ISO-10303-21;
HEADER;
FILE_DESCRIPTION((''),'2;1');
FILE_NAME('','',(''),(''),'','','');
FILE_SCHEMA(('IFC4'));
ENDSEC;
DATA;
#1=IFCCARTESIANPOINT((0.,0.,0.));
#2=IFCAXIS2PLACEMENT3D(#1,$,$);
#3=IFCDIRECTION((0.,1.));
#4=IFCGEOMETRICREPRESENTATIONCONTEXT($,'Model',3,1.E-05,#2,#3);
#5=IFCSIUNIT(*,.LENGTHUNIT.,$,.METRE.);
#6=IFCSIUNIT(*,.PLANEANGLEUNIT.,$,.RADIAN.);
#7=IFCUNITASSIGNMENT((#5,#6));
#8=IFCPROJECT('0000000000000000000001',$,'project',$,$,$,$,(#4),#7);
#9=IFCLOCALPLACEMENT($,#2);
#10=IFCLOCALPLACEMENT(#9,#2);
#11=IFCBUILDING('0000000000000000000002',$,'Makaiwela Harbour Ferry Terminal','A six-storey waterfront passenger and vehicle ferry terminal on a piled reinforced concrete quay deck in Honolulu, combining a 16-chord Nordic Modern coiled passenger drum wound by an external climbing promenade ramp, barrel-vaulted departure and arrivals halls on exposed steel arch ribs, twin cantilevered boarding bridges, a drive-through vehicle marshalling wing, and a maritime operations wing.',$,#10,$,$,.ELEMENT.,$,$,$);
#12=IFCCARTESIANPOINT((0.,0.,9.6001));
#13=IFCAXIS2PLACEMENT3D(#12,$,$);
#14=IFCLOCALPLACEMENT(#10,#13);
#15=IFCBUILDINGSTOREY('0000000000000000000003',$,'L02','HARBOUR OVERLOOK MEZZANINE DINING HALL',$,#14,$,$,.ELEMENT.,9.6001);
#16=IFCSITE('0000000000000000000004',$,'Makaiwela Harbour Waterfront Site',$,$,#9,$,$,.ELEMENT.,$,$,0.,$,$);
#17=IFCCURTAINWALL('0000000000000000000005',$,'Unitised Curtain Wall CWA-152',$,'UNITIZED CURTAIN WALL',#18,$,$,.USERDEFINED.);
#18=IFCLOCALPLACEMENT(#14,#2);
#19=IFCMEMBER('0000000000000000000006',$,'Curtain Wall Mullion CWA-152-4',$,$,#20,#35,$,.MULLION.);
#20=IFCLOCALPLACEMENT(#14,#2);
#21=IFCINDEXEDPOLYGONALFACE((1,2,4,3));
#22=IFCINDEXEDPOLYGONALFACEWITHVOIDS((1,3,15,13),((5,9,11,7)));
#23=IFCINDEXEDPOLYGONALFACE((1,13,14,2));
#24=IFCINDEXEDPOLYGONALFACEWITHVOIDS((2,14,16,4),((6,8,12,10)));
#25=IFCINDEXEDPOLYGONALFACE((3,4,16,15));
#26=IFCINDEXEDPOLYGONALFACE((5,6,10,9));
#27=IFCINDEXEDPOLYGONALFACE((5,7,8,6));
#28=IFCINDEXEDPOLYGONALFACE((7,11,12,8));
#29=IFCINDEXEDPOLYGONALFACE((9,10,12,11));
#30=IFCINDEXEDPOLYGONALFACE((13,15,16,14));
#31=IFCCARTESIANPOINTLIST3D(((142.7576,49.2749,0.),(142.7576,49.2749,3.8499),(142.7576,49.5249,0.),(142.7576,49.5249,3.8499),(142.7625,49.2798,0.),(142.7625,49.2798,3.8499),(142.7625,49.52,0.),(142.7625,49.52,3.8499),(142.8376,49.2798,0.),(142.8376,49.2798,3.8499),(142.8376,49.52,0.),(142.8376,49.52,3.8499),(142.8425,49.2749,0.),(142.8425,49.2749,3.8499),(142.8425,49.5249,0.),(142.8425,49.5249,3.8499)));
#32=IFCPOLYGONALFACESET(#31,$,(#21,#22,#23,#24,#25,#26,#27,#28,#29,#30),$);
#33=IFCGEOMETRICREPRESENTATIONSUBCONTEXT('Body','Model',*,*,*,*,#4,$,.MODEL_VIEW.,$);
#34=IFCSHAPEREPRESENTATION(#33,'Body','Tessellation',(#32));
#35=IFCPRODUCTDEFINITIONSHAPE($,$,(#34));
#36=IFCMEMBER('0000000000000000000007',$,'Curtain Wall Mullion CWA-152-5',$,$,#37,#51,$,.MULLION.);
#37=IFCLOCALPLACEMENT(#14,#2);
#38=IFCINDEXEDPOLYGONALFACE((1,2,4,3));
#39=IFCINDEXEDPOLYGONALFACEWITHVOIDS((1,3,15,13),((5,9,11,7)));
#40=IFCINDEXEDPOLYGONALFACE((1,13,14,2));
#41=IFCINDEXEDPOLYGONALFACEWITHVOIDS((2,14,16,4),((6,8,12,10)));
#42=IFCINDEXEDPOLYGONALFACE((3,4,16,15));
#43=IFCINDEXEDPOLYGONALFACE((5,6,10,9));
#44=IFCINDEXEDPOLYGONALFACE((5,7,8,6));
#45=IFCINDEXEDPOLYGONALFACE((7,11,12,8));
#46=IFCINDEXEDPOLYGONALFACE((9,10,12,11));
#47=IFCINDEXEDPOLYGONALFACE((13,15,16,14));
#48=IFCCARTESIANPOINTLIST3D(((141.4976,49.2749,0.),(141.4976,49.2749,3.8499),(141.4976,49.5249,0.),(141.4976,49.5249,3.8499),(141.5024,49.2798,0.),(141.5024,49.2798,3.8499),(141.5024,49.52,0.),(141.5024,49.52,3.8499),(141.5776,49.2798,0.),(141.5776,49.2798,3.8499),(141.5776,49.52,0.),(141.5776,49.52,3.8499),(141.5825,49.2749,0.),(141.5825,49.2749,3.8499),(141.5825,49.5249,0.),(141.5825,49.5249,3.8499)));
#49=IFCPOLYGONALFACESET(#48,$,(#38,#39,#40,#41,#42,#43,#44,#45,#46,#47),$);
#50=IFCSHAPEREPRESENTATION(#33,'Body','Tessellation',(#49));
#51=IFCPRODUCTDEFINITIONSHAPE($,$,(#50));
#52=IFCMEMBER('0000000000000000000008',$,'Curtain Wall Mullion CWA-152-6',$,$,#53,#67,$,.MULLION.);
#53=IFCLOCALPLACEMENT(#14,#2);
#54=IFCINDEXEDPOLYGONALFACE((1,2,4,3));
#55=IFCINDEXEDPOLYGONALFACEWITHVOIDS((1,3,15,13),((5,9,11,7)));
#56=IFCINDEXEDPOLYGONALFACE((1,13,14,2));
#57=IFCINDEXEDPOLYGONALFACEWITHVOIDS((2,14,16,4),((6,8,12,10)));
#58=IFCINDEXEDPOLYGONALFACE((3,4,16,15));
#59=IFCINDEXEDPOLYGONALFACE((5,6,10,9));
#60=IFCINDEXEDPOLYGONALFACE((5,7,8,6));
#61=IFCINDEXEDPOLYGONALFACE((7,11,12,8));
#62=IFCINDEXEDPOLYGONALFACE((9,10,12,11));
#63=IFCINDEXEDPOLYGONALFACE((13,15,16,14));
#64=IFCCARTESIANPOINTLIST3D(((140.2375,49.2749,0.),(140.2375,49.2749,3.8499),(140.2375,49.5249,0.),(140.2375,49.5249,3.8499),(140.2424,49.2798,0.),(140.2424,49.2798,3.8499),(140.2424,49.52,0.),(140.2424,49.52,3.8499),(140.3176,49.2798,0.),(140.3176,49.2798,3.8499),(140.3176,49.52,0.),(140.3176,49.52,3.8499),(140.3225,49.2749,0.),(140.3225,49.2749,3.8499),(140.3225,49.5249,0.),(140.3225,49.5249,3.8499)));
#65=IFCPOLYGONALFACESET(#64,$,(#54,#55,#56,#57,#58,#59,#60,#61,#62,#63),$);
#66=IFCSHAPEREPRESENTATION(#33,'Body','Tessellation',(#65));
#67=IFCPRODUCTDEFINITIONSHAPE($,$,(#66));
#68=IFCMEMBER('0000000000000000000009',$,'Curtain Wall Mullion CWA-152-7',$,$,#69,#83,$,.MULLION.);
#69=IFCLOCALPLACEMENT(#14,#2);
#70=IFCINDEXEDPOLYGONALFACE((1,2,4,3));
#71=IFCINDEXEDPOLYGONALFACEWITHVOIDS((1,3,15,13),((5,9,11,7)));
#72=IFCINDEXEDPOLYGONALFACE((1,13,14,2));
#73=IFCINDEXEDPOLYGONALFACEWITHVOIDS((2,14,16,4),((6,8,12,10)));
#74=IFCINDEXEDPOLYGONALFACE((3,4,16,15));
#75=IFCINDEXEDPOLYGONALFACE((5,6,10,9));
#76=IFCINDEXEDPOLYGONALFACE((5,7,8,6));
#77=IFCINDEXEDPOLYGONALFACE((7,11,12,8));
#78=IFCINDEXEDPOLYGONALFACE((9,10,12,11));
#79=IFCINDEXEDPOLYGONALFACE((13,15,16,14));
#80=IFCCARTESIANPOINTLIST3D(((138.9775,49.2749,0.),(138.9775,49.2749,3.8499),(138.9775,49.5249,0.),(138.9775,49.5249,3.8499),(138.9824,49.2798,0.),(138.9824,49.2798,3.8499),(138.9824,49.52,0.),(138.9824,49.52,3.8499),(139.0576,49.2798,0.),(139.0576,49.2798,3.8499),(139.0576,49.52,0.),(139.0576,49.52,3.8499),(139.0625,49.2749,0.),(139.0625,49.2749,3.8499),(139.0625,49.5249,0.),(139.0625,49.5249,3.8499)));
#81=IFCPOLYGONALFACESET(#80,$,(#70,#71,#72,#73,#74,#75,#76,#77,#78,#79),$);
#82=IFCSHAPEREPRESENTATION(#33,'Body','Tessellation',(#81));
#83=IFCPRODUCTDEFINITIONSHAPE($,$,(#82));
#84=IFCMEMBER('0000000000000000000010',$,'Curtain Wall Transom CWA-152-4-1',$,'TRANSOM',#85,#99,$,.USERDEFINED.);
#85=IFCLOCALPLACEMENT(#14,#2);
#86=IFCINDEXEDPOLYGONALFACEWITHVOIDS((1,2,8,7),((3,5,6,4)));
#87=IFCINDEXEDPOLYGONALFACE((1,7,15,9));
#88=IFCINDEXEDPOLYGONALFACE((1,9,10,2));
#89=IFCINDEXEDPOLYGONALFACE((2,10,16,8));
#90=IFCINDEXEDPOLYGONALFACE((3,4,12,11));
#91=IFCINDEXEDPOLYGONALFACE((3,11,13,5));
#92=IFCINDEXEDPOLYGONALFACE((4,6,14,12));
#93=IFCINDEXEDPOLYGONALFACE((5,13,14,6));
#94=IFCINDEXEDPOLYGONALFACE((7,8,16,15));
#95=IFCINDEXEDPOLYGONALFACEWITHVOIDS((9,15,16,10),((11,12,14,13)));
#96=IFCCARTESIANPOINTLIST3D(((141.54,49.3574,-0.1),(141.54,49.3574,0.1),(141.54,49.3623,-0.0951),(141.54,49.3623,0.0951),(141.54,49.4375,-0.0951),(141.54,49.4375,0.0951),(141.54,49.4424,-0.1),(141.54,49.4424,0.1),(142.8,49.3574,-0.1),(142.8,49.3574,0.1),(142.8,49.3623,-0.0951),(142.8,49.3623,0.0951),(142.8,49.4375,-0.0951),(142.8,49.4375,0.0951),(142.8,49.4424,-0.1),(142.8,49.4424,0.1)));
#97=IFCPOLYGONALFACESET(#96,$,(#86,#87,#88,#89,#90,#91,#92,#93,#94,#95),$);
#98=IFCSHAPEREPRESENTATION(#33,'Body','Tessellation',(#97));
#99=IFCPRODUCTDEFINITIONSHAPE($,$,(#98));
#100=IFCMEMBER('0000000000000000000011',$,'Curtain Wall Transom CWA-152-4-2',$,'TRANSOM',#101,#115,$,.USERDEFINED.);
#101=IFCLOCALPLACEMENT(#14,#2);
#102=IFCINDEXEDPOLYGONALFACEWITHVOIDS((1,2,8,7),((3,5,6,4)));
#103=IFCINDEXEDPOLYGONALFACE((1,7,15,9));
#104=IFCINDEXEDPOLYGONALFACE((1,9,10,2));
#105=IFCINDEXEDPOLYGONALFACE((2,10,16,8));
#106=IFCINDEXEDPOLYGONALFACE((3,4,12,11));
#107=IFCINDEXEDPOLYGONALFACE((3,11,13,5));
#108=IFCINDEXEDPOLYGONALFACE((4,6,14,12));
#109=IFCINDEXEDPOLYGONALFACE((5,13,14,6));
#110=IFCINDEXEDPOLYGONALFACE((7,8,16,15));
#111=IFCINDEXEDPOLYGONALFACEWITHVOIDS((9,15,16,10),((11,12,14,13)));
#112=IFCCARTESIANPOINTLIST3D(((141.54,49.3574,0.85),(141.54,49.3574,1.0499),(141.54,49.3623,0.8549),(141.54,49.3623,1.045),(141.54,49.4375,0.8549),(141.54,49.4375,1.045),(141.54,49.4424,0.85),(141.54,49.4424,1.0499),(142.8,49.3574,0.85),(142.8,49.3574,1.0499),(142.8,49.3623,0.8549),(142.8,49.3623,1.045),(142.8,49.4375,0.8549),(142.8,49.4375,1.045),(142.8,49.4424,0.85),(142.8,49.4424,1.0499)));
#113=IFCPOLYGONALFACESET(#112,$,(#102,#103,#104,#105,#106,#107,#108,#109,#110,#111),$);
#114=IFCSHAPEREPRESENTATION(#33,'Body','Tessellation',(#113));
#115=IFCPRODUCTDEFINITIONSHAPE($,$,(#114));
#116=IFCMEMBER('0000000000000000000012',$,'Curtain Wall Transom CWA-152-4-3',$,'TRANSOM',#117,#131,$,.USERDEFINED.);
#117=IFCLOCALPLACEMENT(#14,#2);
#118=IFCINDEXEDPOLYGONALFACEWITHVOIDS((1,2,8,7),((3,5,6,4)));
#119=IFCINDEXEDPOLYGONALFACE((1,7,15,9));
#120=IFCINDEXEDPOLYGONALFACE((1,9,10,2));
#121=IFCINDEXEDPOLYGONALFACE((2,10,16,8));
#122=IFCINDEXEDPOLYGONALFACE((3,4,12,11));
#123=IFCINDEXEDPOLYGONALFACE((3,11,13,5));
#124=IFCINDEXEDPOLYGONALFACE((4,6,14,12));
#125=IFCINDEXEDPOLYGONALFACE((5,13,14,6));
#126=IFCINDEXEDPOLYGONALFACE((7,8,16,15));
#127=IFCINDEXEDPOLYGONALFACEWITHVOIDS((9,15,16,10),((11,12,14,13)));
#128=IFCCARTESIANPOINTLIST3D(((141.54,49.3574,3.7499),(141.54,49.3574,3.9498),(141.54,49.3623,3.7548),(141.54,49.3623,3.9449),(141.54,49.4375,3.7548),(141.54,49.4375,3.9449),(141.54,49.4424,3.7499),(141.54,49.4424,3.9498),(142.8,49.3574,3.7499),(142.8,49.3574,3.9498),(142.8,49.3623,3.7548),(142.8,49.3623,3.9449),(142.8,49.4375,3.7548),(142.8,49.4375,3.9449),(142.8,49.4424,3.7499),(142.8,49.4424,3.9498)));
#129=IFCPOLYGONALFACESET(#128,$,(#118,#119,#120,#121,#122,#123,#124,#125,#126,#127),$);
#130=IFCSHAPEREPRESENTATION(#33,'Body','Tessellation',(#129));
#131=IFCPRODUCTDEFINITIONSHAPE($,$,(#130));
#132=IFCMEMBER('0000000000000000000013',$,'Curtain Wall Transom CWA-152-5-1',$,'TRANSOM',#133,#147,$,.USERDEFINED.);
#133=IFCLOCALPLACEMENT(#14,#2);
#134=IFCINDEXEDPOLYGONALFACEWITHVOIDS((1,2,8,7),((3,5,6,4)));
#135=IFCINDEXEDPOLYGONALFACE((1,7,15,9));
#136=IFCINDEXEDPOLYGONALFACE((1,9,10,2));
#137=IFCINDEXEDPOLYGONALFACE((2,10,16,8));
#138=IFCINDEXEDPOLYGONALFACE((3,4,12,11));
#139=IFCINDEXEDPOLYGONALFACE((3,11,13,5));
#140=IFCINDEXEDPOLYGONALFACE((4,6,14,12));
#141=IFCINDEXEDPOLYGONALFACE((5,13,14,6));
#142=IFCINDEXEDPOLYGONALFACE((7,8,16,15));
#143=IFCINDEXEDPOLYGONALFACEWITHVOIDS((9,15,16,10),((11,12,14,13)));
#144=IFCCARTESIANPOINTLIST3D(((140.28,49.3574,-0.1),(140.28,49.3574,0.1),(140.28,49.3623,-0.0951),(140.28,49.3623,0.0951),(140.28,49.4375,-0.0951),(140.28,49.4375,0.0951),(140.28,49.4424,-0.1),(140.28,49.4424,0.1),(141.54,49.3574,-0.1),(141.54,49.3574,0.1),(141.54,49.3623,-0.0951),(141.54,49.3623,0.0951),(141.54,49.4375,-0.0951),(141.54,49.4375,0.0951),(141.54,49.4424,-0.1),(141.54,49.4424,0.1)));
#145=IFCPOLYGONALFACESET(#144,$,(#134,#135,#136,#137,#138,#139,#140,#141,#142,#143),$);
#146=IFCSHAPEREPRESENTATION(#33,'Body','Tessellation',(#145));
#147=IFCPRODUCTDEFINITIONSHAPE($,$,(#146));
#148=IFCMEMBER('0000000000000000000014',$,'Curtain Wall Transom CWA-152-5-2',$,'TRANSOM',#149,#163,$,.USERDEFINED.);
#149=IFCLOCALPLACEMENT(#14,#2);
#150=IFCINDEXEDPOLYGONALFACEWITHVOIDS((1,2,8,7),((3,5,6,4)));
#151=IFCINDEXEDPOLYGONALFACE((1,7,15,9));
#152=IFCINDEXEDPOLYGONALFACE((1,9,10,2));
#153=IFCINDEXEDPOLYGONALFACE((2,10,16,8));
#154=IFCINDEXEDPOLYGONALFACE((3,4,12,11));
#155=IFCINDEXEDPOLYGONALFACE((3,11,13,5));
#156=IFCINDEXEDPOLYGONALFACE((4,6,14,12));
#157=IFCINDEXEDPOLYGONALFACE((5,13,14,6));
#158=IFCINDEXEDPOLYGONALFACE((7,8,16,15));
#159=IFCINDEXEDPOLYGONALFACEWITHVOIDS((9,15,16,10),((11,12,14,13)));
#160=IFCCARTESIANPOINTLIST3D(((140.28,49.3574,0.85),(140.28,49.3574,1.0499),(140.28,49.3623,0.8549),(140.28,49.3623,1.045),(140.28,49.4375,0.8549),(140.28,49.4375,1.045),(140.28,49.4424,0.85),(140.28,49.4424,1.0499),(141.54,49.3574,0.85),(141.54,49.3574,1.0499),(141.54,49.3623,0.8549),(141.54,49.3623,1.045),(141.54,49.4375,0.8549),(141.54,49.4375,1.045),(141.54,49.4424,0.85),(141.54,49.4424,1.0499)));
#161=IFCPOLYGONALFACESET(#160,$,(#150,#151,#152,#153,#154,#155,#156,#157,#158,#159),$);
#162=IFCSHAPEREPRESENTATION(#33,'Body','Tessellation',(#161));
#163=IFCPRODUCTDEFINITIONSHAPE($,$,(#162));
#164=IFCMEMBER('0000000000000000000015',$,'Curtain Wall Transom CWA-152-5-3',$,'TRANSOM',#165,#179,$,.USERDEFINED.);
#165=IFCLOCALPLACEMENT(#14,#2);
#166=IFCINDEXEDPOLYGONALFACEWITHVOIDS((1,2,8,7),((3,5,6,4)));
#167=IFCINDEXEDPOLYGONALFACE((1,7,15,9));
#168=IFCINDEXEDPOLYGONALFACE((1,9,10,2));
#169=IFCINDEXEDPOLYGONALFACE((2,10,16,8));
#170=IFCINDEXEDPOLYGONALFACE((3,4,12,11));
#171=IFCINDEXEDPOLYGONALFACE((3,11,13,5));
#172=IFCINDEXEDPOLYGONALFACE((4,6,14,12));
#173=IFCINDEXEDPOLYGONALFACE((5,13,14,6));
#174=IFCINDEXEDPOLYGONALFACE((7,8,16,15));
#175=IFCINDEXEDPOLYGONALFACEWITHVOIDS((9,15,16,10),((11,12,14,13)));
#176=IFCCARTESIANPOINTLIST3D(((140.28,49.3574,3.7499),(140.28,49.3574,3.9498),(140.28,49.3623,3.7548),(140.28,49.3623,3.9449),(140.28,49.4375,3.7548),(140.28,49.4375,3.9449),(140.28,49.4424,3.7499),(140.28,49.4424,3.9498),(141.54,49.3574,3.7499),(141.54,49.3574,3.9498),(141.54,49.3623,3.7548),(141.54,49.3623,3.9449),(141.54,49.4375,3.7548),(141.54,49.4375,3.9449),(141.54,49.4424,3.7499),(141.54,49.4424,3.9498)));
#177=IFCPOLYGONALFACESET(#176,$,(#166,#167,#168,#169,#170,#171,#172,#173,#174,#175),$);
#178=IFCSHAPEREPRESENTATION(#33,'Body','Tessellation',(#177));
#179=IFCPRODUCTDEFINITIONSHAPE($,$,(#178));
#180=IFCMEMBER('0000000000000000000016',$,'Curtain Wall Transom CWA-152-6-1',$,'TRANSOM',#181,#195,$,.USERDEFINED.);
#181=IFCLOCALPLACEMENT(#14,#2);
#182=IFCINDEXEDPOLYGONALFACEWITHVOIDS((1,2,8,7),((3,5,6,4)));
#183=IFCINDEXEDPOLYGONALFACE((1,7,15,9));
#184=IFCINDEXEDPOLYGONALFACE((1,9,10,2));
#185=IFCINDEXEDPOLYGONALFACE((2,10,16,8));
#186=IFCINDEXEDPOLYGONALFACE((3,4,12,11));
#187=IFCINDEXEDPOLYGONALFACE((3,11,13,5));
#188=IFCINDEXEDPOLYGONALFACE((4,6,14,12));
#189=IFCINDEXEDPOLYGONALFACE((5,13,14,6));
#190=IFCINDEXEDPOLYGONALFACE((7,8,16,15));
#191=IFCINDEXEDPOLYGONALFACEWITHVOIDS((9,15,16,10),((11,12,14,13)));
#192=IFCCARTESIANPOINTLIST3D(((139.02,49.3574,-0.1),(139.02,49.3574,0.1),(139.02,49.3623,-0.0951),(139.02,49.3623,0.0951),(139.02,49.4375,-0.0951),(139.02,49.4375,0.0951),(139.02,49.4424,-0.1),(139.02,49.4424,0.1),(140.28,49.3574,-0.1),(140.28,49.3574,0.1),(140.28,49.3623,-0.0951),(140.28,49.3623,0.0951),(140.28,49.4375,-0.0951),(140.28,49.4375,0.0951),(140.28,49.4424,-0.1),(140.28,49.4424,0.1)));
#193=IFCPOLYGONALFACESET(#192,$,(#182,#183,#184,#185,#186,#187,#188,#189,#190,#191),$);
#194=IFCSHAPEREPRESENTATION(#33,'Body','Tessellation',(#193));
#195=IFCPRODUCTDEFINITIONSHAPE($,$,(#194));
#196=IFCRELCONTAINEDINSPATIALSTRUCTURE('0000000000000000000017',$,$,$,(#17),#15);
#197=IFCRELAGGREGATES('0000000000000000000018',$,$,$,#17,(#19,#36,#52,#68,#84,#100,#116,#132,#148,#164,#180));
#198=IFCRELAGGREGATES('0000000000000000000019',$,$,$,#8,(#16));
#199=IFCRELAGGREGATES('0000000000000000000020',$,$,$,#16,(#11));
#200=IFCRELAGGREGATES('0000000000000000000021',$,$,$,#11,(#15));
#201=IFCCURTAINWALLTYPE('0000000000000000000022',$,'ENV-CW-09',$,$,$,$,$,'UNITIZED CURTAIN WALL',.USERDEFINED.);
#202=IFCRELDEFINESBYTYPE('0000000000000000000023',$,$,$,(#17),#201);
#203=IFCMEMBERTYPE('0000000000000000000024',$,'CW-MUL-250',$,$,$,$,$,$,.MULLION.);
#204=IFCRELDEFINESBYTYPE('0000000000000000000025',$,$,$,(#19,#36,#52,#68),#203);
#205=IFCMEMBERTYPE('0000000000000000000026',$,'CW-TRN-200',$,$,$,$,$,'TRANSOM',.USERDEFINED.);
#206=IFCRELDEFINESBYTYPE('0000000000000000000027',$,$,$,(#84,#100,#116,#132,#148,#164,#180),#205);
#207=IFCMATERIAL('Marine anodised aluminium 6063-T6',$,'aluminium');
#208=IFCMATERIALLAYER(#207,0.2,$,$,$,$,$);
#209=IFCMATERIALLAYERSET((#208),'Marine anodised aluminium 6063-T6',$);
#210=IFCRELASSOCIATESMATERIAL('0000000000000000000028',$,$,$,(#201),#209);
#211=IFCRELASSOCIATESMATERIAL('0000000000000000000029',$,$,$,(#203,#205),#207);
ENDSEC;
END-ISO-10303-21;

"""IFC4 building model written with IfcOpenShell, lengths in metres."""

from ifc_helpers import new_model, si_unit, direction, frame, origin, origin_2d, place, context, subcontext, project, spatial, hollow_rectangle, extrude, material, layer, layer_set, material_profile, profile_set, type_object, element, aggregate, save


model = new_model("IFC4")

# Units and contexts
model_context = context("Model", 3, precision=1e-05, world=origin(), true_north=direction((0.0, 1.0)))
body_context = subcontext(model_context, "Body", "Model", "MODEL_VIEW")
ifc_project = project(units=[si_unit("LENGTHUNIT", "METRE"), si_unit("PLANEANGLEUNIT", "RADIAN")], contexts=[model_context])

# Site, building, storey
site_placement = place(None, origin())
site = spatial("IfcSite", under=ifc_project, at=site_placement, Name="Makaiwela Harbour Waterfront Site", CompositionType="ELEMENT", RefElevation=0.0)
building_placement = place(site_placement, origin())
building = spatial("IfcBuilding", under=site, at=building_placement, Name="Makaiwela Harbour Ferry Terminal", Description="A six-storey waterfront passenger and vehicle ferry terminal on a piled reinforced concrete quay deck in Honolulu, combining a 16-chord Nordic Modern coiled passenger drum wound by an external climbing promenade ramp, barrel-vaulted departure and arrivals halls on exposed steel arch ribs, twin cantilevered boarding bridges, a drive-through vehicle marshalling wing, and a maritime operations wing.", CompositionType="ELEMENT")
storey_placement = place(building_placement, frame((0.0, 0.0, 9.6001)))
storey = spatial("IfcBuildingStorey", under=building, at=storey_placement, Name="L02", Description="HARBOUR OVERLOOK MEZZANINE DINING HALL", CompositionType="ELEMENT", Elevation=9.6001)

# Curtain wall, members
ifc_material_1 = material(Name="Marine anodised aluminium 6063-T6", Category="aluminium")
ifc_layer_1 = layer(ifc_material_1, 0.2)
ifc_layer_set_1 = layer_set([ifc_layer_1], Name="Marine anodised aluminium 6063-T6")
curtain_wall_type = type_object("IfcCurtainWallType", Name="ENV-CW-09", ElementType="UNITIZED CURTAIN WALL", PredefinedType="USERDEFINED", material=ifc_layer_set_1)
curtain_wall_placement = place(storey_placement, origin())
curtain_wall = element("IfcCurtainWall", 1, at=curtain_wall_placement, inside=storey, type_object=curtain_wall_type, Name="Unitised Curtain Wall CWA-152", ObjectType="UNITIZED CURTAIN WALL", PredefinedType="USERDEFINED")
ifc_material_profile_1 = material_profile(ifc_material_1, hollow_rectangle(XDim=0.085, YDim=0.25, WallThickness=0.0049, at=origin_2d()), Name="CWM-250X85")
ifc_profile_set_1 = profile_set([ifc_material_profile_1], Name="Marine anodised aluminium 6063-T6")
member_type_1 = type_object("IfcMemberType", Name="CW-MUL-250", PredefinedType="MULLION", material=ifc_profile_set_1)
member_1_placement = place(storey_placement, frame((142.8, 49.3999, 0.0), z_axis=(0.0, 0.0, 1.0), x_axis=(1.0, 0.0, 0.0)))
member_1 = element("IfcMember", 2, at=member_1_placement, type_object=member_type_1, Name="Curtain Wall Mullion CWA-152-4", PredefinedType="MULLION", context=body_context, shape_type="SweptSolid", body=[
    extrude(hollow_rectangle(XDim=0.085, YDim=0.25, WallThickness=0.0049, at=origin_2d()), origin(), (0.0, 0.0, 1.0), 3.8499),
])
member_2_placement = place(storey_placement, frame((141.54, 49.3999, 0.0), z_axis=(0.0, 0.0, 1.0), x_axis=(1.0, 0.0, 0.0)))
member_2 = element("IfcMember", 3, at=member_2_placement, type_object=member_type_1, Name="Curtain Wall Mullion CWA-152-5", PredefinedType="MULLION", context=body_context, shape_type="SweptSolid", body=[
    extrude(hollow_rectangle(XDim=0.085, YDim=0.25, WallThickness=0.0049, at=origin_2d()), origin(), (0.0, 0.0, 1.0), 3.8499),
])
member_3_placement = place(storey_placement, frame((140.28, 49.3999, 0.0), z_axis=(0.0, 0.0, 1.0), x_axis=(1.0, 0.0, 0.0)))
member_3 = element("IfcMember", 4, at=member_3_placement, type_object=member_type_1, Name="Curtain Wall Mullion CWA-152-6", PredefinedType="MULLION", context=body_context, shape_type="SweptSolid", body=[
    extrude(hollow_rectangle(XDim=0.085, YDim=0.25, WallThickness=0.0049, at=origin_2d()), origin(), (0.0, 0.0, 1.0), 3.8499),
])
member_4_placement = place(storey_placement, frame((139.02, 49.3999, 0.0), z_axis=(0.0, 0.0, 1.0), x_axis=(1.0, 0.0, 0.0)))
member_4 = element("IfcMember", 5, at=member_4_placement, type_object=member_type_1, Name="Curtain Wall Mullion CWA-152-7", PredefinedType="MULLION", context=body_context, shape_type="SweptSolid", body=[
    extrude(hollow_rectangle(XDim=0.085, YDim=0.25, WallThickness=0.0049, at=origin_2d()), origin(), (0.0, 0.0, 1.0), 3.8499),
])
ifc_material_profile_2 = material_profile(ifc_material_1, hollow_rectangle(XDim=0.085, YDim=0.2, WallThickness=0.0049, at=origin_2d()), Name="CWT-200X85")
ifc_profile_set_2 = profile_set([ifc_material_profile_2], Name="Marine anodised aluminium 6063-T6")
member_type_2 = type_object("IfcMemberType", Name="CW-TRN-200", ElementType="TRANSOM", PredefinedType="USERDEFINED", material=ifc_profile_set_2)
member_5_placement = place(storey_placement, frame((142.8, 49.3999, 0.0), z_axis=(-1.0, 0.0, 0.0), x_axis=(0.0, -1.0, 0.0)))
member_5 = element("IfcMember", 6, at=member_5_placement, type_object=member_type_2, Name="Curtain Wall Transom CWA-152-4-1", ObjectType="TRANSOM", PredefinedType="USERDEFINED", context=body_context, shape_type="SweptSolid", body=[
    extrude(hollow_rectangle(XDim=0.085, YDim=0.2, WallThickness=0.0049, at=origin_2d()), origin(), (0.0, 0.0, 1.0), 1.26),
])
member_6_placement = place(storey_placement, frame((142.8, 49.3999, 0.95), z_axis=(-1.0, 0.0, 0.0), x_axis=(0.0, -1.0, 0.0)))
member_6 = element("IfcMember", 7, at=member_6_placement, type_object=member_type_2, Name="Curtain Wall Transom CWA-152-4-2", ObjectType="TRANSOM", PredefinedType="USERDEFINED", context=body_context, shape_type="SweptSolid", body=[
    extrude(hollow_rectangle(XDim=0.085, YDim=0.2, WallThickness=0.0049, at=origin_2d()), origin(), (0.0, 0.0, 1.0), 1.26),
])
member_7_placement = place(storey_placement, frame((142.8, 49.3999, 3.8499), z_axis=(-1.0, 0.0, 0.0), x_axis=(0.0, -1.0, 0.0)))
member_7 = element("IfcMember", 8, at=member_7_placement, type_object=member_type_2, Name="Curtain Wall Transom CWA-152-4-3", ObjectType="TRANSOM", PredefinedType="USERDEFINED", context=body_context, shape_type="SweptSolid", body=[
    extrude(hollow_rectangle(XDim=0.085, YDim=0.2, WallThickness=0.0049, at=origin_2d()), origin(), (0.0, 0.0, 1.0), 1.26),
])
member_8_placement = place(storey_placement, frame((141.54, 49.3999, 0.0), z_axis=(-1.0, 0.0, 0.0), x_axis=(0.0, -1.0, 0.0)))
member_8 = element("IfcMember", 9, at=member_8_placement, type_object=member_type_2, Name="Curtain Wall Transom CWA-152-5-1", ObjectType="TRANSOM", PredefinedType="USERDEFINED", context=body_context, shape_type="SweptSolid", body=[
    extrude(hollow_rectangle(XDim=0.085, YDim=0.2, WallThickness=0.0049, at=origin_2d()), origin(), (0.0, 0.0, 1.0), 1.26),
])
member_9_placement = place(storey_placement, frame((141.54, 49.3999, 0.95), z_axis=(-1.0, 0.0, 0.0), x_axis=(0.0, -1.0, 0.0)))
member_9 = element("IfcMember", 10, at=member_9_placement, type_object=member_type_2, Name="Curtain Wall Transom CWA-152-5-2", ObjectType="TRANSOM", PredefinedType="USERDEFINED", context=body_context, shape_type="SweptSolid", body=[
    extrude(hollow_rectangle(XDim=0.085, YDim=0.2, WallThickness=0.0049, at=origin_2d()), origin(), (0.0, 0.0, 1.0), 1.26),
])
member_10_placement = place(storey_placement, frame((141.54, 49.3999, 3.8499), z_axis=(-1.0, 0.0, 0.0), x_axis=(0.0, -1.0, 0.0)))
member_10 = element("IfcMember", 11, at=member_10_placement, type_object=member_type_2, Name="Curtain Wall Transom CWA-152-5-3", ObjectType="TRANSOM", PredefinedType="USERDEFINED", context=body_context, shape_type="SweptSolid", body=[
    extrude(hollow_rectangle(XDim=0.085, YDim=0.2, WallThickness=0.0049, at=origin_2d()), origin(), (0.0, 0.0, 1.0), 1.26),
])
member_11_placement = place(storey_placement, frame((140.28, 49.3999, 0.0), z_axis=(-1.0, 0.0, 0.0), x_axis=(0.0, -1.0, 0.0)))
member_11 = element("IfcMember", 12, at=member_11_placement, type_object=member_type_2, Name="Curtain Wall Transom CWA-152-6-1", ObjectType="TRANSOM", PredefinedType="USERDEFINED", context=body_context, shape_type="SweptSolid", body=[
    extrude(hollow_rectangle(XDim=0.085, YDim=0.2, WallThickness=0.0049, at=origin_2d()), origin(), (0.0, 0.0, 1.0), 1.26),
])

aggregate(curtain_wall, [member_1, member_2, member_3, member_4, member_5, member_6, member_7, member_8, member_9, member_10, member_11])

save(model, "model.ifc")
